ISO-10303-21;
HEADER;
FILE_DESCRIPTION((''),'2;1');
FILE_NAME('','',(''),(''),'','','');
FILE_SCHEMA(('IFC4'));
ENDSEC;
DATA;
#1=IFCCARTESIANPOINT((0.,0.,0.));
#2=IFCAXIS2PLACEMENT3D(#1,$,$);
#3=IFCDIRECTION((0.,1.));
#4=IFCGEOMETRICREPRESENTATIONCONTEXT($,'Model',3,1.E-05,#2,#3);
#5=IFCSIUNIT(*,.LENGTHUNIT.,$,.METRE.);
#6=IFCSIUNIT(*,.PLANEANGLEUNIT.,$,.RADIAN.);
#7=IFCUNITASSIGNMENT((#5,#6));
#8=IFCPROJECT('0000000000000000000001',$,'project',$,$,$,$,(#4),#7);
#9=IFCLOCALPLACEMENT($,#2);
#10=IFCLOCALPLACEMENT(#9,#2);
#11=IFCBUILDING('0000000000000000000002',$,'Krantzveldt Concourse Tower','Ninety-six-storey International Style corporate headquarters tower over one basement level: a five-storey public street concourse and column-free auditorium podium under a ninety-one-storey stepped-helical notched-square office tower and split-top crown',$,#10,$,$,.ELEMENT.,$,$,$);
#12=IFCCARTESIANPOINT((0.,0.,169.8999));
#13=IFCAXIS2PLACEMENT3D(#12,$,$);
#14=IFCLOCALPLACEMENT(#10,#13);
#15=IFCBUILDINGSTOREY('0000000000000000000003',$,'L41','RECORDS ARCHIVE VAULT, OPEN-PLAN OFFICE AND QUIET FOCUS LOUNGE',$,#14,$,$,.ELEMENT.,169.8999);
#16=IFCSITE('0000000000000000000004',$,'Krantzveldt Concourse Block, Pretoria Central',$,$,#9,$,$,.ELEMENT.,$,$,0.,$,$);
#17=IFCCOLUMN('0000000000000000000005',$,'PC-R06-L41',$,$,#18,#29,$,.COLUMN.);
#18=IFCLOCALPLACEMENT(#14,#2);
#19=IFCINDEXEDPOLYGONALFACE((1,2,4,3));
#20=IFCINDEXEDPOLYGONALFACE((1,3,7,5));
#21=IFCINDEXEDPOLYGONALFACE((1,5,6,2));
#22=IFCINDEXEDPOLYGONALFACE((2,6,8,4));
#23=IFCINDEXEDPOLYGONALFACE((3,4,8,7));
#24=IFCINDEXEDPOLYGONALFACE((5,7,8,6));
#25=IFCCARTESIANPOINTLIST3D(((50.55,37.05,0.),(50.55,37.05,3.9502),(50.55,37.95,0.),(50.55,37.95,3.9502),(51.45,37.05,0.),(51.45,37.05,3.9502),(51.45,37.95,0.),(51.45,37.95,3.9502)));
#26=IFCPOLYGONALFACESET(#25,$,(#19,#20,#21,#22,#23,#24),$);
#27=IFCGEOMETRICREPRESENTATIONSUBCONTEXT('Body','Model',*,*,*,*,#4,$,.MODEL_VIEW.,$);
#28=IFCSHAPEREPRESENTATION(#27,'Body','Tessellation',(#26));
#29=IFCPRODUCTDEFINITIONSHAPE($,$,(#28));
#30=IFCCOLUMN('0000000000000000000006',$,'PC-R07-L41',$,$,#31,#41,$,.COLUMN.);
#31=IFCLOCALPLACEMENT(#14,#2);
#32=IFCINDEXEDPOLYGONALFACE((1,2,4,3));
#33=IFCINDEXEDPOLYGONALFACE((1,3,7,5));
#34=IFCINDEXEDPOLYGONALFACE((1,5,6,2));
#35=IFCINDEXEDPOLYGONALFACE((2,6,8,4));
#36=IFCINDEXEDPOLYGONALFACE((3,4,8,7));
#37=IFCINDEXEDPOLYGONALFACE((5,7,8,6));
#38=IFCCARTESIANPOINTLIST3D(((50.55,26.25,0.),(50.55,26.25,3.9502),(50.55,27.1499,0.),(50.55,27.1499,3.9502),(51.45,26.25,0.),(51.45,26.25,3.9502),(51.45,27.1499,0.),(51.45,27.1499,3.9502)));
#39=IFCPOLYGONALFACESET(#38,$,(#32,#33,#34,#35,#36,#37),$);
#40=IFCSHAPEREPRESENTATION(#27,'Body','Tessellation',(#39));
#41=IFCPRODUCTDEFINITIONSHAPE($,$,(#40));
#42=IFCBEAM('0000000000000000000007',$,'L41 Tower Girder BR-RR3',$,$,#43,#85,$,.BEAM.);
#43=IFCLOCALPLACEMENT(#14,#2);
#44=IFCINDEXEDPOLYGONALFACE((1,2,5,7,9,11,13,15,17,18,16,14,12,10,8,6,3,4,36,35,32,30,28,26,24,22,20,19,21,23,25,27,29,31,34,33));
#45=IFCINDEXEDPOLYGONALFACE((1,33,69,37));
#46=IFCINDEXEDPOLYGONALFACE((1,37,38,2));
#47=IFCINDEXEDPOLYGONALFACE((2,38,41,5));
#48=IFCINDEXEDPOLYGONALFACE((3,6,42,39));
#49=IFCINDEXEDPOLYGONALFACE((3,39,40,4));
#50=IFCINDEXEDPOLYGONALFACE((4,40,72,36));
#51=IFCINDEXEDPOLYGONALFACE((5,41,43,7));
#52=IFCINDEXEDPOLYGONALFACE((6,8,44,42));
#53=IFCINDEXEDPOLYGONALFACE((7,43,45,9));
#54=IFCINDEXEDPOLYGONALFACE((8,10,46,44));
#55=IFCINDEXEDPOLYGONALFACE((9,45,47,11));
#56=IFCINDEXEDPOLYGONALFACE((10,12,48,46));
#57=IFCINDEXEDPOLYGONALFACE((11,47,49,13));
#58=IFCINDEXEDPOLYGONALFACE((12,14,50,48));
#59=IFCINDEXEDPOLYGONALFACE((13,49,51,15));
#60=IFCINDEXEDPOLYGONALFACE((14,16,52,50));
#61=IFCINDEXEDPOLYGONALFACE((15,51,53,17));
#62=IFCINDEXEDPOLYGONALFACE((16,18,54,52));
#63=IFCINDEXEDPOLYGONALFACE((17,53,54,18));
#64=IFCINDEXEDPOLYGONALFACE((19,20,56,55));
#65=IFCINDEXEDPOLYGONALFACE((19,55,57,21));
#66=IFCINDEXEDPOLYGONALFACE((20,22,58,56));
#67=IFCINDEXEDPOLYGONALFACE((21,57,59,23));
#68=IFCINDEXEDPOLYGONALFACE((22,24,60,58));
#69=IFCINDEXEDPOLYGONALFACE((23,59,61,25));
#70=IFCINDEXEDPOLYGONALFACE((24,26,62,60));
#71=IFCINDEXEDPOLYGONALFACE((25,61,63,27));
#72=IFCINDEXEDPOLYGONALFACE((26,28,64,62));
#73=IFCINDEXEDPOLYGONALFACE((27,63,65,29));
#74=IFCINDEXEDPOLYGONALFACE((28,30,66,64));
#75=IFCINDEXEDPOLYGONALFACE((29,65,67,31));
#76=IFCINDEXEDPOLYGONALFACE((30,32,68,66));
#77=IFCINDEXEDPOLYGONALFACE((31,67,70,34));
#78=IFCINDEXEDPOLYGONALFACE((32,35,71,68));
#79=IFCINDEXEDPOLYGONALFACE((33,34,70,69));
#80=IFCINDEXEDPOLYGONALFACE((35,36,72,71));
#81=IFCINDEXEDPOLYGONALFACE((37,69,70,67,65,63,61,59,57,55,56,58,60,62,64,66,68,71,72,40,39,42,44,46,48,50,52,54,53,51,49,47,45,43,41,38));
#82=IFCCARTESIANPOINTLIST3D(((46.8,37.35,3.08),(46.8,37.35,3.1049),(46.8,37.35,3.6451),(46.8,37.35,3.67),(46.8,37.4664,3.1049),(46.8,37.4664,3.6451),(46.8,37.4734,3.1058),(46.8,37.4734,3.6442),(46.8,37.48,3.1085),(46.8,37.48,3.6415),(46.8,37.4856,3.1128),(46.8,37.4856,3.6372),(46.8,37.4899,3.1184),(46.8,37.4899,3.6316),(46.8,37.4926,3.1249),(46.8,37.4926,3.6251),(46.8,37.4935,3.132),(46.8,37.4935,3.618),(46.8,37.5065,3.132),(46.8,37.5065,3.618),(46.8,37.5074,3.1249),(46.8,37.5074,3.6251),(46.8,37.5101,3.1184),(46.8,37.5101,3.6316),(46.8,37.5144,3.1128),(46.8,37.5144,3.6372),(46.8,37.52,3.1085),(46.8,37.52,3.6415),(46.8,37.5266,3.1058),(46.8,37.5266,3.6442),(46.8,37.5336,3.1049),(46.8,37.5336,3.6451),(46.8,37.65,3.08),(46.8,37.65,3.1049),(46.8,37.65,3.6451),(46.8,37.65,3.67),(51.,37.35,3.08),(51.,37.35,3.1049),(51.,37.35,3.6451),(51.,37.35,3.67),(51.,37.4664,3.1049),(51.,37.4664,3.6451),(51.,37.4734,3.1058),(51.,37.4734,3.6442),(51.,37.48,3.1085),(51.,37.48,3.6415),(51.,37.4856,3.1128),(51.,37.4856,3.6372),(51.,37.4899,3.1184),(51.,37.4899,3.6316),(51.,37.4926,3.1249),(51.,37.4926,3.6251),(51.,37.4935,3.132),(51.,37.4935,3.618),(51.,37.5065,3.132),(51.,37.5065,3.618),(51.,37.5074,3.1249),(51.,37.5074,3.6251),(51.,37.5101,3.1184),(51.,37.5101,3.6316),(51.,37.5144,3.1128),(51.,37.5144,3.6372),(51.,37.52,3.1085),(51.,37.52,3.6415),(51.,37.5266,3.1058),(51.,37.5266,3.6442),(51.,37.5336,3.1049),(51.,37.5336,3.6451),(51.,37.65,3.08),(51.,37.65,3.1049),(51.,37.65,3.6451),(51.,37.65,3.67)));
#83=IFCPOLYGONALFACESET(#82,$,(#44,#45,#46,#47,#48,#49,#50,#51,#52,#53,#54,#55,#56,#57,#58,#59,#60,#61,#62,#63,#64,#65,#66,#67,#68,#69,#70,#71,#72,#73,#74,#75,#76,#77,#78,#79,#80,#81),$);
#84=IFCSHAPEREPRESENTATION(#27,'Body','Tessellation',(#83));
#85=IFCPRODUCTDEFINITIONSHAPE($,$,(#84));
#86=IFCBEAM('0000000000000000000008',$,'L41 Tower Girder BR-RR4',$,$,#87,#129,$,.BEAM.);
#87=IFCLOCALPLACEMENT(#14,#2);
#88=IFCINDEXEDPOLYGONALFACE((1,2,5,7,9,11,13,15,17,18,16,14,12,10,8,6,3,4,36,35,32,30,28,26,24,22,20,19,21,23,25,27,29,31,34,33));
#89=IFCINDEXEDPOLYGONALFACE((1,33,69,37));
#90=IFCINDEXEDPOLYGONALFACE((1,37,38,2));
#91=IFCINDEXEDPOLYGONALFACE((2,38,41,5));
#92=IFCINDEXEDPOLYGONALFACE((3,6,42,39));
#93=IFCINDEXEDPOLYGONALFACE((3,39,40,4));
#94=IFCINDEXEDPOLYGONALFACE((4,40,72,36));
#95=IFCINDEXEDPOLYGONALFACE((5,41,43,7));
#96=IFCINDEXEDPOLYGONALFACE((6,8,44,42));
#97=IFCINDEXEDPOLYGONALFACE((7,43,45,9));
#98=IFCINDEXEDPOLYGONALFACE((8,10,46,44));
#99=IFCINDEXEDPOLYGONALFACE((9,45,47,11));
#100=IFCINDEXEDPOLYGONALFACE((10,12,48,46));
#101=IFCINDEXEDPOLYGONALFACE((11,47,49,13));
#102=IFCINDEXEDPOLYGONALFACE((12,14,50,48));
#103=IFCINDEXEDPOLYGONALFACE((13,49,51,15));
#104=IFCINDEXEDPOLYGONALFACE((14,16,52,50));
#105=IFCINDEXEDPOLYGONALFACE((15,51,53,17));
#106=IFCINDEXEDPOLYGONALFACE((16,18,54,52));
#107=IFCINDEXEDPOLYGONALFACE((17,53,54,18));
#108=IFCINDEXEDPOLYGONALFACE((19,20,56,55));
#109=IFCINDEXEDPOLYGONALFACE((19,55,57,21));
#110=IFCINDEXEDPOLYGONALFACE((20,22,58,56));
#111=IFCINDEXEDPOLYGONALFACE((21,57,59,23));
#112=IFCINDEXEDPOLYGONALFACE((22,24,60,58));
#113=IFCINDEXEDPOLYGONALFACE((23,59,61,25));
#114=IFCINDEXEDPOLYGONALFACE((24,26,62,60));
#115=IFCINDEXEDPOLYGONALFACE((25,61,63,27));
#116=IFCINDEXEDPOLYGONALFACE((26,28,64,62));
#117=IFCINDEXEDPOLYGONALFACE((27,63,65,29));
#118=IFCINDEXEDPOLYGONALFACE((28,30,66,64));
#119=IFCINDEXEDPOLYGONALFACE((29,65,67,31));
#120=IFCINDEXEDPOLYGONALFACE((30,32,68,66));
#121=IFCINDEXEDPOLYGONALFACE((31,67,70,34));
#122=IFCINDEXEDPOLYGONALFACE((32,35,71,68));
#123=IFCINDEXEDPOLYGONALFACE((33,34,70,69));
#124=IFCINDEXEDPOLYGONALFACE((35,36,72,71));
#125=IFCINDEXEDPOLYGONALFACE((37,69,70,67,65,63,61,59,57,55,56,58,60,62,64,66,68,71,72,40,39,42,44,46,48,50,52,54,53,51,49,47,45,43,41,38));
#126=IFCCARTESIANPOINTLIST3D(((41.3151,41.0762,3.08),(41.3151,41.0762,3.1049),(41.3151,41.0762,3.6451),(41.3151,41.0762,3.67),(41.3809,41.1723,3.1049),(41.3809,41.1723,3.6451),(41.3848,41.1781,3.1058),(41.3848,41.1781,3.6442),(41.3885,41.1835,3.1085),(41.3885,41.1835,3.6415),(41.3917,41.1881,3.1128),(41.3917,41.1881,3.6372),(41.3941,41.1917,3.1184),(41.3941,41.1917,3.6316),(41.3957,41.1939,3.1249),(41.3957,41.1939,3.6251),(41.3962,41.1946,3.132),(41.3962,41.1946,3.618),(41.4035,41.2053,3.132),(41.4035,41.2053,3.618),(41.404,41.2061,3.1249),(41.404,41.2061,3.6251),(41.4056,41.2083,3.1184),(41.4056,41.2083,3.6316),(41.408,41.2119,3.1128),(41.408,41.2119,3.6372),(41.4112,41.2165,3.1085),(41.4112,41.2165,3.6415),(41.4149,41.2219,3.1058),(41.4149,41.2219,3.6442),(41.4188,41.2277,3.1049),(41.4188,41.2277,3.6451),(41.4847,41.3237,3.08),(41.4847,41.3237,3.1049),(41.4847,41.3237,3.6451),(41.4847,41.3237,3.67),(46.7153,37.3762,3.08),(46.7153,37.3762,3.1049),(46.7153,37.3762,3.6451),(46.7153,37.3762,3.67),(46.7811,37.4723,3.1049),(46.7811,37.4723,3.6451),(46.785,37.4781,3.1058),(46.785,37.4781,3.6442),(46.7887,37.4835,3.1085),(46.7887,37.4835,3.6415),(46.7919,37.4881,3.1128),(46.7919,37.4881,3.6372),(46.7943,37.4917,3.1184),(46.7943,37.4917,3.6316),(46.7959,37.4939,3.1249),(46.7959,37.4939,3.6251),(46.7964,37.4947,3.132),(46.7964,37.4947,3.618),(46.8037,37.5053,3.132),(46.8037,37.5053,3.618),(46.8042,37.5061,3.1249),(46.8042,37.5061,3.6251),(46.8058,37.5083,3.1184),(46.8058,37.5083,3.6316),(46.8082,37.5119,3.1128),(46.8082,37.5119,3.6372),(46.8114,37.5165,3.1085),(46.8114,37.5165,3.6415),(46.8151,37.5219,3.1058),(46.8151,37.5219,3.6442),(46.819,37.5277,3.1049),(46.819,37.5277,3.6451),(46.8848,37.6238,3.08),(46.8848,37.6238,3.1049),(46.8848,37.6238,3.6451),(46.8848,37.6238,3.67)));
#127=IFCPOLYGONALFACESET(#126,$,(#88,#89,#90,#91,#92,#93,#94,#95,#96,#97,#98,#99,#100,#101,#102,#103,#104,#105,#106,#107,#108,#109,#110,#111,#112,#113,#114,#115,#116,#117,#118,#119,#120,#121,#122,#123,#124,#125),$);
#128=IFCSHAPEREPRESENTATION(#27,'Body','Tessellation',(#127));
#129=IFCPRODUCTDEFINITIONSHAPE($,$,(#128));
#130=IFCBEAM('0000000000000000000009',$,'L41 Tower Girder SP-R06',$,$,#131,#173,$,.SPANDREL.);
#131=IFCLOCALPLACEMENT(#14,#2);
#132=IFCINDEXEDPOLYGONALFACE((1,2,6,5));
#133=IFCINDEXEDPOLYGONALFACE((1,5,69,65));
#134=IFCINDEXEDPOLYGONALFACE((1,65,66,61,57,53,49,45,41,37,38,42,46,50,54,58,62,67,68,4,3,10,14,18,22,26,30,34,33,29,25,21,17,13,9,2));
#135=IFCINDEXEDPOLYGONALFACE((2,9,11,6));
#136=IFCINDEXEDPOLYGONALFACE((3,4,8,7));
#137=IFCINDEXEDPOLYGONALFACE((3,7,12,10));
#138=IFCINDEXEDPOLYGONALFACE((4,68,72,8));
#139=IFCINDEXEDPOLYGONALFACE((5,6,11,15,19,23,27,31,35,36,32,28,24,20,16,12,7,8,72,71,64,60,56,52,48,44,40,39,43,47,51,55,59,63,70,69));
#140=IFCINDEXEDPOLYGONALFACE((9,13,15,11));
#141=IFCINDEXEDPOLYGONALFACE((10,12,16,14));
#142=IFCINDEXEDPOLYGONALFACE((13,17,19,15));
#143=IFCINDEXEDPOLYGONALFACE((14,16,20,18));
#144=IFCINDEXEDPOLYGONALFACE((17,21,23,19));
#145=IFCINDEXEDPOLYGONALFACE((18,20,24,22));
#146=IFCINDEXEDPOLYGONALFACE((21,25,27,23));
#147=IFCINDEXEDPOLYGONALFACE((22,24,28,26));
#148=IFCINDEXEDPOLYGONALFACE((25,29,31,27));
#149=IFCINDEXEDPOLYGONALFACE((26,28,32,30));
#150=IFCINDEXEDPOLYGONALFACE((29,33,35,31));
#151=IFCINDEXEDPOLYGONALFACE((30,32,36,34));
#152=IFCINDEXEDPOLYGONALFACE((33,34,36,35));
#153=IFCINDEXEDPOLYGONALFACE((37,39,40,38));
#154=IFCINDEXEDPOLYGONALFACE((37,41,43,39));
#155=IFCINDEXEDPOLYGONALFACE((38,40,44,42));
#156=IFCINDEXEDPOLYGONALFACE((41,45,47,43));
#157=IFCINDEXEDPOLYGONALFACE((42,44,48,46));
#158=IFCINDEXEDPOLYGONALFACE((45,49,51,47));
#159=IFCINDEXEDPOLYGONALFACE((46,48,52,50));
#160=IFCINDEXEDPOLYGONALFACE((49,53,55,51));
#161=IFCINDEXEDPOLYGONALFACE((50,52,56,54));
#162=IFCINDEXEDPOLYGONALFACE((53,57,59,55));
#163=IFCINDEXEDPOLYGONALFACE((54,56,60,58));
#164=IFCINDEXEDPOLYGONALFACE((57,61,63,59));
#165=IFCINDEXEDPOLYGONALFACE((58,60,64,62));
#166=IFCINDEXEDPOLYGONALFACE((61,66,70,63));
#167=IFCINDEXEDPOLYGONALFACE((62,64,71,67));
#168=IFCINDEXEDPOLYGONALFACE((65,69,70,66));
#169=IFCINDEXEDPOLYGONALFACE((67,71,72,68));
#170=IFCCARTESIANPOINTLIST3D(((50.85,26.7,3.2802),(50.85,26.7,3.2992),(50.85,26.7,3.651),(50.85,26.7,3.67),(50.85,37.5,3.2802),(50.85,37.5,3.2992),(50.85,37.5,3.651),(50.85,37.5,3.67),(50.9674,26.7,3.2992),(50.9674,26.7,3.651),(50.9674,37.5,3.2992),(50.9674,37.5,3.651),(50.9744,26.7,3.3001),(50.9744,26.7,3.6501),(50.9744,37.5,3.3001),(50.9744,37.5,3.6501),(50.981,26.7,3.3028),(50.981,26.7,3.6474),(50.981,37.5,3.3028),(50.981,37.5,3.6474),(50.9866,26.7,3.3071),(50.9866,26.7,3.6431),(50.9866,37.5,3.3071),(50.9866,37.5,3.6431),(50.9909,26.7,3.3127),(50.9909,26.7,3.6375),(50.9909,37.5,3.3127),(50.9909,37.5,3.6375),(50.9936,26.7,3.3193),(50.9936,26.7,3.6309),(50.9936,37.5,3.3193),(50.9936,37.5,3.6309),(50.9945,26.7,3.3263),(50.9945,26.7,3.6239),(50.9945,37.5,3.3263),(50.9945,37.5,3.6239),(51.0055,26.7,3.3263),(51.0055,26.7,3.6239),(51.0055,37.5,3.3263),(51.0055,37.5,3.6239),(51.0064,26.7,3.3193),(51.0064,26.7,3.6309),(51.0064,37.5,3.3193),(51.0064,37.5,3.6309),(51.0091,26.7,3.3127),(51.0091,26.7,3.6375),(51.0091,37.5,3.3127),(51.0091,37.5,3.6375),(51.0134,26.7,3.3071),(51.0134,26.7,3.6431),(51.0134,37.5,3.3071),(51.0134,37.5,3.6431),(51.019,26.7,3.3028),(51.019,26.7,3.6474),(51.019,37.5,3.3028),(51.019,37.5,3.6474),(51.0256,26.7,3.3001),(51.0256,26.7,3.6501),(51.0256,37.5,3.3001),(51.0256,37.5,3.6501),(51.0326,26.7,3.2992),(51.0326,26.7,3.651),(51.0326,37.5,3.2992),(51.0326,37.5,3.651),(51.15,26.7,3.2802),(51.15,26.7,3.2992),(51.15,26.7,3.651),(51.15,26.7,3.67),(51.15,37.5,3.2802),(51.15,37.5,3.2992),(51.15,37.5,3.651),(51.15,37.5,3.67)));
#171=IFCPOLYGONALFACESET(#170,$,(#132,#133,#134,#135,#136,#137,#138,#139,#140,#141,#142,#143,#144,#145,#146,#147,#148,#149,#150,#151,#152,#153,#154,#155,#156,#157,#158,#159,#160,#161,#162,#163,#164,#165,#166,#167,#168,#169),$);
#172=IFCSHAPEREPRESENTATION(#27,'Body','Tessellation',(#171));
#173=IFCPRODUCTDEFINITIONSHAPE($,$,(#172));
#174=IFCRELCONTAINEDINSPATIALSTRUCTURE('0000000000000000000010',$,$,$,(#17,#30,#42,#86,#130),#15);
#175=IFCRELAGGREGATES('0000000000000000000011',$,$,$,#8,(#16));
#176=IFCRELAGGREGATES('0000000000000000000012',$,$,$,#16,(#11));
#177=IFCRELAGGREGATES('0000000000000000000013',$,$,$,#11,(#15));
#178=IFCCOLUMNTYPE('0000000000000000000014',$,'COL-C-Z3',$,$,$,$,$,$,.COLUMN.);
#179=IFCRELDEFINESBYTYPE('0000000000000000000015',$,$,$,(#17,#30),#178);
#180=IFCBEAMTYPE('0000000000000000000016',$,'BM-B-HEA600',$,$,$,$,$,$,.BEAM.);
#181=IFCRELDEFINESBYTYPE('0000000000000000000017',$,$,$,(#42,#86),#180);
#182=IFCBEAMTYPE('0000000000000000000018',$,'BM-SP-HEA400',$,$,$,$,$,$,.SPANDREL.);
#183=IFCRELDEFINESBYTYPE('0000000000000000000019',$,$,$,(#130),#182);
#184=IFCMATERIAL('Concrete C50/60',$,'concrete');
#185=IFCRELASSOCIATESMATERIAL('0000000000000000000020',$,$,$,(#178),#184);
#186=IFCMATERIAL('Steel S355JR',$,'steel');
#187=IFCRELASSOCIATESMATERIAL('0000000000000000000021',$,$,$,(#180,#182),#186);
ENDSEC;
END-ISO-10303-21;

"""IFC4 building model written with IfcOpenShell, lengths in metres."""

from ifc_helpers import new_model, si_unit, direction, frame, origin, origin_2d, place, context, subcontext, project, spatial, rectangle, i_section, extrude, source, transform, mapped, material, material_profile, profile_set, type_object, type_shapes, element, save


model = new_model("IFC4")

# Units and contexts
model_context = context("Model", 3, precision=1e-05, world=origin(), true_north=direction((0.0, 1.0)))
body_context = subcontext(model_context, "Body", "Model", "MODEL_VIEW")
ifc_project = project(units=[si_unit("LENGTHUNIT", "METRE"), si_unit("PLANEANGLEUNIT", "RADIAN")], contexts=[model_context])

# Site, building, storey
site_placement = place(None, origin())
site = spatial("IfcSite", under=ifc_project, at=site_placement, Name="Krantzveldt Concourse Block, Pretoria Central", CompositionType="ELEMENT", RefElevation=0.0)
building_placement = place(site_placement, origin())
building = spatial("IfcBuilding", under=site, at=building_placement, Name="Krantzveldt Concourse Tower", Description="Ninety-six-storey International Style corporate headquarters tower over one basement level: a five-storey public street concourse and column-free auditorium podium under a ninety-one-storey stepped-helical notched-square office tower and split-top crown", CompositionType="ELEMENT")
storey_placement = place(building_placement, frame((0.0, 0.0, 169.8999)))
storey = spatial("IfcBuildingStorey", under=building, at=storey_placement, Name="L41", Description="RECORDS ARCHIVE VAULT, OPEN-PLAN OFFICE AND QUIET FOCUS LOUNGE", CompositionType="ELEMENT", Elevation=169.8999)

# Columns
ifc_material_1 = material(Name="Concrete C50/60", Category="concrete")
ifc_material_profile_1 = material_profile(ifc_material_1, rectangle(XDim=0.8999, YDim=0.8999, at=origin_2d()), Name="Concrete C50/60", Category="concrete")
ifc_profile_set_1 = profile_set([ifc_material_profile_1], Name="Concrete C50/60 - RC 900x900")
column_type = type_object("IfcColumnType", Name="COL-C-Z3", PredefinedType="COLUMN", material=ifc_profile_set_1)
shared_shape_1 = source(origin(), body_context, "Body", "SweptSolid", [
    extrude(rectangle(XDim=0.8999, YDim=0.8999, at=origin_2d()), origin(), (0.0, 0.0, 1.0), 3.9502),
])
type_shapes(column_type, [shared_shape_1])
for number, where, z_axis, x_axis, name in (
    (1, (51.0, 37.5, 0.0), (0.0, 0.0, 1.0), (1.0, 0.0, 0.0), "PC-R06-L41"),
    (2, (51.0, 26.7, 0.0), (0.0, 0.0, 1.0), (1.0, 0.0, 0.0), "PC-R07-L41"),
):
    element("IfcColumn", number, at=place(storey_placement, frame(where, z_axis=z_axis, x_axis=x_axis)), inside=storey, type_object=column_type, Name=name, PredefinedType="COLUMN", context=body_context, shape_type="MappedRepresentation", body=[
        mapped(shared_shape_1, transform((0.0, 0.0, 0.0), x_axis=(1.0, 0.0, 0.0), y_axis=(0.0, 1.0, 0.0), z_axis=(0.0, 0.0, 1.0), scale=1.0)),
    ])

# Beams
ifc_material_2 = material(Name="Steel S355JR", Category="steel")
ifc_material_profile_2 = material_profile(ifc_material_2, i_section(OverallWidth=0.3, OverallDepth=0.5901, WebThickness=0.0129, FlangeThickness=0.0249, FilletRadius=0.0271, at=origin_2d()), Name="Steel S355JR", Category="steel")
ifc_profile_set_2 = profile_set([ifc_material_profile_2], Name="Steel S355JR - HEA 600")
beam_type_1 = type_object("IfcBeamType", Name="BM-B-HEA600", PredefinedType="BEAM", material=ifc_profile_set_2)
shared_shape_2 = source(origin(), body_context, "Body", "SweptSolid", [
    extrude(i_section(OverallWidth=0.3, OverallDepth=0.5901, WebThickness=0.0129, FlangeThickness=0.0249, FilletRadius=0.0271, at=origin_2d()), origin(), (0.0, 0.0, 1.0), 4.2),
])
beam_1_placement = place(storey_placement, frame((46.8, 37.5, 3.375), z_axis=(1.0, 0.0, 0.0), x_axis=(0.0, 1.0, 0.0)))
element("IfcBeam", 3, at=beam_1_placement, inside=storey, type_object=beam_type_1, Name="L41 Tower Girder BR-RR3", PredefinedType="BEAM", context=body_context, shape_type="MappedRepresentation", body=[
    mapped(shared_shape_2, transform((0.0, 0.0, 0.0), x_axis=(1.0, 0.0, 0.0), y_axis=(0.0, 1.0, 0.0), z_axis=(0.0, 0.0, 1.0), scale=1.0)),
])
shared_shape_3 = source(origin(), body_context, "Body", "SweptSolid", [
    extrude(i_section(OverallWidth=0.3, OverallDepth=0.5901, WebThickness=0.0129, FlangeThickness=0.0249, FilletRadius=0.0271, at=origin_2d()), origin(), (0.0, 0.0, 1.0), 6.5461),
])
type_shapes(beam_type_1, [shared_shape_2, shared_shape_3])
beam_2_placement = place(storey_placement, frame((46.8, 37.5, 3.375), z_axis=(-0.824943, 0.565216, 0.0), x_axis=(-0.565216, -0.824943, 0.0)))
element("IfcBeam", 4, at=beam_2_placement, inside=storey, type_object=beam_type_1, Name="L41 Tower Girder BR-RR4", PredefinedType="BEAM", context=body_context, shape_type="MappedRepresentation", body=[
    mapped(shared_shape_3, transform((0.0, 0.0, 0.0), x_axis=(1.0, 0.0, 0.0), y_axis=(0.0, 1.0, 0.0), z_axis=(0.0, 0.0, 1.0), scale=1.0)),
])
ifc_material_profile_3 = material_profile(ifc_material_2, i_section(OverallWidth=0.3, OverallDepth=0.3899, WebThickness=0.011, FlangeThickness=0.019, FilletRadius=0.0271, at=origin_2d()), Name="Steel S355JR", Category="steel")
ifc_profile_set_3 = profile_set([ifc_material_profile_3], Name="Steel S355JR - HEA 400")
beam_type_2 = type_object("IfcBeamType", Name="BM-SP-HEA400", PredefinedType="SPANDREL", material=ifc_profile_set_3)
shared_shape_4 = source(origin(), body_context, "Body", "SweptSolid", [
    extrude(i_section(OverallWidth=0.3, OverallDepth=0.3899, WebThickness=0.011, FlangeThickness=0.019, FilletRadius=0.0271, at=origin_2d()), origin(), (0.0, 0.0, 1.0), 10.8),
])
type_shapes(beam_type_2, [shared_shape_4])
for number, where, z_axis, x_axis, name in (
    (5, (51.0, 37.5, 3.4751), (0.0, -1.0, 0.0), (1.0, 0.0, 0.0), "L41 Tower Girder SP-R06"),
):
    element("IfcBeam", number, at=place(storey_placement, frame(where, z_axis=z_axis, x_axis=x_axis)), inside=storey, type_object=beam_type_2, Name=name, PredefinedType="SPANDREL", context=body_context, shape_type="MappedRepresentation", body=[
        mapped(shared_shape_4, transform((0.0, 0.0, 0.0), x_axis=(1.0, 0.0, 0.0), y_axis=(0.0, 1.0, 0.0), z_axis=(0.0, 0.0, 1.0), scale=1.0)),
    ])

save(model, "model.ifc")
